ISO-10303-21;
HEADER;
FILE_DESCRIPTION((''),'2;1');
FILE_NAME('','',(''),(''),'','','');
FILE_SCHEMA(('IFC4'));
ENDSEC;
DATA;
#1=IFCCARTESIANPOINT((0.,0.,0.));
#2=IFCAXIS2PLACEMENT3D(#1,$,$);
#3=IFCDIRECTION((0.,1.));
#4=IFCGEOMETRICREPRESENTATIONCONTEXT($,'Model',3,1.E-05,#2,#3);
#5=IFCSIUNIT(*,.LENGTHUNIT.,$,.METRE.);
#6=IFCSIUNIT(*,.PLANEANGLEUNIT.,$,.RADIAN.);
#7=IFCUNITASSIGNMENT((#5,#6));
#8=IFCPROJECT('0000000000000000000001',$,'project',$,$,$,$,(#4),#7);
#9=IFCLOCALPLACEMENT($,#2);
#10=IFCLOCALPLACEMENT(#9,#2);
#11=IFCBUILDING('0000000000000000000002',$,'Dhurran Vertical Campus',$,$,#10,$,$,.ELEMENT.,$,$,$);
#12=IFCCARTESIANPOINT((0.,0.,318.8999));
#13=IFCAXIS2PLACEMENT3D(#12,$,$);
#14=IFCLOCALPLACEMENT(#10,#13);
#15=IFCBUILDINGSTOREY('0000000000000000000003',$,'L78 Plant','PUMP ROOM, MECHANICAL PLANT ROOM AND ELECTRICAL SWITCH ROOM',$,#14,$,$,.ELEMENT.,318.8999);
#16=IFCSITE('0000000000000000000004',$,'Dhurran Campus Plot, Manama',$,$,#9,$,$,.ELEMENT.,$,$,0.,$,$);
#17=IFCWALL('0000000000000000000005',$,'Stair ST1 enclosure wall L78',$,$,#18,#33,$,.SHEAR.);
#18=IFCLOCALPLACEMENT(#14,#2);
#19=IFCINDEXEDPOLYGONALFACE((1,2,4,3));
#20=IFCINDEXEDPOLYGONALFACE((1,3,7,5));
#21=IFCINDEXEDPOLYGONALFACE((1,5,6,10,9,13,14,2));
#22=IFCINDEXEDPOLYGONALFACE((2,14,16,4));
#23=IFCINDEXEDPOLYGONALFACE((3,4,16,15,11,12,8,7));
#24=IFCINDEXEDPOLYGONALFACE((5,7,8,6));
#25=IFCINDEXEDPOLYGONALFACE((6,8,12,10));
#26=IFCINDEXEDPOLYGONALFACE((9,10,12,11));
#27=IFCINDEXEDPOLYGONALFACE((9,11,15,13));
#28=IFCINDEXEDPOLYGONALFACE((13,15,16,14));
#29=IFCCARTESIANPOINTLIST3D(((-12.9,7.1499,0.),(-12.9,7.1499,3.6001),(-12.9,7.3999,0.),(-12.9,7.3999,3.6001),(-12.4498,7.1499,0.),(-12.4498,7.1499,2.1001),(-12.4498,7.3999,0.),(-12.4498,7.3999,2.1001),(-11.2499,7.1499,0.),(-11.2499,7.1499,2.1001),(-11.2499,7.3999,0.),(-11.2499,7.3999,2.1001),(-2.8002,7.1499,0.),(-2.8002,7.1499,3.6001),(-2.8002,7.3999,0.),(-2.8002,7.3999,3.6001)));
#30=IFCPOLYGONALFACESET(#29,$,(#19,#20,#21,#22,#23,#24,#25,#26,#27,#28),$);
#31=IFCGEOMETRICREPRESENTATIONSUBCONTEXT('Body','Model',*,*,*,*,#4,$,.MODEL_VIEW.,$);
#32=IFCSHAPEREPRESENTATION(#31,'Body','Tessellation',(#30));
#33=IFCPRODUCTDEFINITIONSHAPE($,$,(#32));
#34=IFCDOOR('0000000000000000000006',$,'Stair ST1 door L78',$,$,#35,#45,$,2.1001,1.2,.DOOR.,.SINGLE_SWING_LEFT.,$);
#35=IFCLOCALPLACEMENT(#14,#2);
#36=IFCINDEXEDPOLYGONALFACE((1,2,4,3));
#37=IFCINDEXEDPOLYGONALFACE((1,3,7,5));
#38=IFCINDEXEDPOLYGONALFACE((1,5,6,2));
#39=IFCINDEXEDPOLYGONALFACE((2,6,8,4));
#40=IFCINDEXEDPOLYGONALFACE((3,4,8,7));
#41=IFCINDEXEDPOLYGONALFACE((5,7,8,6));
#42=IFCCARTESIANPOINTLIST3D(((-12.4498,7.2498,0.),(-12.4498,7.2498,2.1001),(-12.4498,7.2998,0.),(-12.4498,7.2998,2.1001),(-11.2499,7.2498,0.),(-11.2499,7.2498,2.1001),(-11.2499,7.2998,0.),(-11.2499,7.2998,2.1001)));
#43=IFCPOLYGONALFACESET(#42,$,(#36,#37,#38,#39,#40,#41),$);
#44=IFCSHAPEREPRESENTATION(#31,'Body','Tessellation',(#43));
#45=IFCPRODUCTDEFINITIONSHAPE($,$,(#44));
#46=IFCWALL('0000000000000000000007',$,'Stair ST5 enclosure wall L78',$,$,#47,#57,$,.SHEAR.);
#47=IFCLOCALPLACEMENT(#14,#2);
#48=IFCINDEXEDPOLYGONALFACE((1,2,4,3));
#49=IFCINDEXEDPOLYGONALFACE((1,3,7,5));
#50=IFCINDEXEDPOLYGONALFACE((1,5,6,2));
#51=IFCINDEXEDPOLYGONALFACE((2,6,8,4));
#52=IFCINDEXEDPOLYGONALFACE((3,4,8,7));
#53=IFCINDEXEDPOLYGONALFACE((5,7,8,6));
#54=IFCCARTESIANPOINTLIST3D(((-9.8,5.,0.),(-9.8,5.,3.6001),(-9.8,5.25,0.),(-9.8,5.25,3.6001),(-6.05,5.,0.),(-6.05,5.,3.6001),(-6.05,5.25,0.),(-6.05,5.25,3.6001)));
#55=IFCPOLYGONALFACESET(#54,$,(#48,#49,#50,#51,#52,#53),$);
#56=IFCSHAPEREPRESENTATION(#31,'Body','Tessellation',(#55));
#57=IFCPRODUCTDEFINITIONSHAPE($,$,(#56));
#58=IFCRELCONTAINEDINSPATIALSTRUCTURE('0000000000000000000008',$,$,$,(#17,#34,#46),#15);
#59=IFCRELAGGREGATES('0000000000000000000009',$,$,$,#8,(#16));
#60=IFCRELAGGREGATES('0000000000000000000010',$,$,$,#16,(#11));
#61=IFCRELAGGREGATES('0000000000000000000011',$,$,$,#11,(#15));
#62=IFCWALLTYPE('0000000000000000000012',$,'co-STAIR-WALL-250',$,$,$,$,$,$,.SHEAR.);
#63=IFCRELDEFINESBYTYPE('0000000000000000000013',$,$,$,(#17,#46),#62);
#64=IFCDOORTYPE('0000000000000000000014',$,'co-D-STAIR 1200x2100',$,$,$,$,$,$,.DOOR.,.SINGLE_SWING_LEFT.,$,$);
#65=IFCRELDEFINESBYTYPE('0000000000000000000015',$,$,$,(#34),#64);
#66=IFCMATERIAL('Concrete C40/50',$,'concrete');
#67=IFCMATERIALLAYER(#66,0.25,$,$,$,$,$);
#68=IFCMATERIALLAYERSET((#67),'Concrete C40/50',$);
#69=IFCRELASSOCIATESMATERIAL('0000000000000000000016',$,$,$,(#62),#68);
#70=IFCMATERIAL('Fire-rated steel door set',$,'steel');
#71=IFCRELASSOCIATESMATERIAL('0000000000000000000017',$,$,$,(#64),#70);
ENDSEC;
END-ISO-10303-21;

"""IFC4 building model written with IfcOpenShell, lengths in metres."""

from ifc_helpers import new_model, si_unit, direction, frame, frame_2d, origin, place, context, subcontext, project, spatial, rectangle, extrude, material, layer, layer_set, type_object, element, fill, save


model = new_model("IFC4")

# Units and contexts
model_context = context("Model", 3, precision=1e-05, world=origin(), true_north=direction((0.0, 1.0)))
body_context = subcontext(model_context, "Body", "Model", "MODEL_VIEW")
ifc_project = project(units=[si_unit("LENGTHUNIT", "METRE"), si_unit("PLANEANGLEUNIT", "RADIAN")], contexts=[model_context])

# Site, building, storey
site_placement = place(None, origin())
site = spatial("IfcSite", under=ifc_project, at=site_placement, Name="Dhurran Campus Plot, Manama", CompositionType="ELEMENT", RefElevation=0.0)
building_placement = place(site_placement, origin())
building = spatial("IfcBuilding", under=site, at=building_placement, Name="Dhurran Vertical Campus", CompositionType="ELEMENT")
storey_placement = place(building_placement, frame((0.0, 0.0, 318.8999)))
storey = spatial("IfcBuildingStorey", under=building, at=storey_placement, Name="L78 Plant", Description="PUMP ROOM, MECHANICAL PLANT ROOM AND ELECTRICAL SWITCH ROOM", CompositionType="ELEMENT", Elevation=318.8999)

# Wall, opening, door
ifc_material_1 = material(Name="Concrete C40/50", Category="concrete")
ifc_layer_1 = layer(ifc_material_1, 0.25)
ifc_layer_set_1 = layer_set([ifc_layer_1], Name="Concrete C40/50")
wall_type_1 = type_object("IfcWallType", Name="co-STAIR-WALL-250", PredefinedType="SHEAR", material=ifc_layer_set_1)
wall_1_placement = place(storey_placement, frame((-12.8999, 7.2749, 0.0), z_axis=(0.0, 0.0, 1.0), x_axis=(1.0, 0.0, 0.0)))
wall_1 = element("IfcWall", 1, at=wall_1_placement, inside=storey, type_object=wall_type_1, Name="Stair ST1 enclosure wall L78", PredefinedType="SHEAR", context=body_context, shape_type="SweptSolid", body=[
    extrude(rectangle(XDim=10.0999, YDim=0.25, at=frame_2d((5.0498, 0.0))), origin(), (0.0, 0.0, 1.0), 3.6001),
])
opening_1_placement = place(wall_1_placement, frame((0.45, 0.0, 0.0)))
opening_1 = element("IfcOpeningElement", 2, at=opening_1_placement, cuts=wall_1, PredefinedType="OPENING", context=body_context, shape_type="SweptSolid", body=[
    extrude(rectangle(XDim=1.2, YDim=2.1001, at=frame_2d((0.6001, 1.05))), frame((0.0, 0.135, 0.0), z_axis=(0.0, -1.0, 0.0), x_axis=(1.0, 0.0, 0.0)), (0.0, 0.0, 1.0), 0.27),
])
ifc_material_2 = material(Name="Fire-rated steel door set", Category="steel")
door_type_1 = type_object("IfcDoorType", Name="co-D-STAIR 1200x2100", OperationType="SINGLE_SWING_LEFT", PredefinedType="DOOR", material=ifc_material_2)
door_1_placement = place(opening_1_placement, origin())
door_1 = element("IfcDoor", 3, at=door_1_placement, inside=storey, type_object=door_type_1, Name="Stair ST1 door L78", OperationType="SINGLE_SWING_LEFT", OverallHeight=2.1001, OverallWidth=1.2, PredefinedType="DOOR", context=body_context, shape_type="SweptSolid", body=[
    extrude(rectangle(XDim=1.2, YDim=2.1001, at=frame_2d((0.6001, 1.05))), frame((0.0, 0.0249, 0.0), z_axis=(0.0, -1.0, 0.0), x_axis=(1.0, 0.0, 0.0)), (0.0, 0.0, 1.0), 0.05),
])
fill(opening_1, door_1)

# Wall
wall_2_placement = place(storey_placement, frame((-9.8, 5.125, 0.0), z_axis=(0.0, 0.0, 1.0), x_axis=(1.0, 0.0, 0.0)))
element("IfcWall", 4, at=wall_2_placement, inside=storey, type_object=wall_type_1, Name="Stair ST5 enclosure wall L78", PredefinedType="SHEAR", context=body_context, shape_type="SweptSolid", body=[
    extrude(rectangle(XDim=3.75, YDim=0.25, at=frame_2d((1.875, 0.0))), origin(), (0.0, 0.0, 1.0), 3.6001),
])

save(model, "model.ifc")
